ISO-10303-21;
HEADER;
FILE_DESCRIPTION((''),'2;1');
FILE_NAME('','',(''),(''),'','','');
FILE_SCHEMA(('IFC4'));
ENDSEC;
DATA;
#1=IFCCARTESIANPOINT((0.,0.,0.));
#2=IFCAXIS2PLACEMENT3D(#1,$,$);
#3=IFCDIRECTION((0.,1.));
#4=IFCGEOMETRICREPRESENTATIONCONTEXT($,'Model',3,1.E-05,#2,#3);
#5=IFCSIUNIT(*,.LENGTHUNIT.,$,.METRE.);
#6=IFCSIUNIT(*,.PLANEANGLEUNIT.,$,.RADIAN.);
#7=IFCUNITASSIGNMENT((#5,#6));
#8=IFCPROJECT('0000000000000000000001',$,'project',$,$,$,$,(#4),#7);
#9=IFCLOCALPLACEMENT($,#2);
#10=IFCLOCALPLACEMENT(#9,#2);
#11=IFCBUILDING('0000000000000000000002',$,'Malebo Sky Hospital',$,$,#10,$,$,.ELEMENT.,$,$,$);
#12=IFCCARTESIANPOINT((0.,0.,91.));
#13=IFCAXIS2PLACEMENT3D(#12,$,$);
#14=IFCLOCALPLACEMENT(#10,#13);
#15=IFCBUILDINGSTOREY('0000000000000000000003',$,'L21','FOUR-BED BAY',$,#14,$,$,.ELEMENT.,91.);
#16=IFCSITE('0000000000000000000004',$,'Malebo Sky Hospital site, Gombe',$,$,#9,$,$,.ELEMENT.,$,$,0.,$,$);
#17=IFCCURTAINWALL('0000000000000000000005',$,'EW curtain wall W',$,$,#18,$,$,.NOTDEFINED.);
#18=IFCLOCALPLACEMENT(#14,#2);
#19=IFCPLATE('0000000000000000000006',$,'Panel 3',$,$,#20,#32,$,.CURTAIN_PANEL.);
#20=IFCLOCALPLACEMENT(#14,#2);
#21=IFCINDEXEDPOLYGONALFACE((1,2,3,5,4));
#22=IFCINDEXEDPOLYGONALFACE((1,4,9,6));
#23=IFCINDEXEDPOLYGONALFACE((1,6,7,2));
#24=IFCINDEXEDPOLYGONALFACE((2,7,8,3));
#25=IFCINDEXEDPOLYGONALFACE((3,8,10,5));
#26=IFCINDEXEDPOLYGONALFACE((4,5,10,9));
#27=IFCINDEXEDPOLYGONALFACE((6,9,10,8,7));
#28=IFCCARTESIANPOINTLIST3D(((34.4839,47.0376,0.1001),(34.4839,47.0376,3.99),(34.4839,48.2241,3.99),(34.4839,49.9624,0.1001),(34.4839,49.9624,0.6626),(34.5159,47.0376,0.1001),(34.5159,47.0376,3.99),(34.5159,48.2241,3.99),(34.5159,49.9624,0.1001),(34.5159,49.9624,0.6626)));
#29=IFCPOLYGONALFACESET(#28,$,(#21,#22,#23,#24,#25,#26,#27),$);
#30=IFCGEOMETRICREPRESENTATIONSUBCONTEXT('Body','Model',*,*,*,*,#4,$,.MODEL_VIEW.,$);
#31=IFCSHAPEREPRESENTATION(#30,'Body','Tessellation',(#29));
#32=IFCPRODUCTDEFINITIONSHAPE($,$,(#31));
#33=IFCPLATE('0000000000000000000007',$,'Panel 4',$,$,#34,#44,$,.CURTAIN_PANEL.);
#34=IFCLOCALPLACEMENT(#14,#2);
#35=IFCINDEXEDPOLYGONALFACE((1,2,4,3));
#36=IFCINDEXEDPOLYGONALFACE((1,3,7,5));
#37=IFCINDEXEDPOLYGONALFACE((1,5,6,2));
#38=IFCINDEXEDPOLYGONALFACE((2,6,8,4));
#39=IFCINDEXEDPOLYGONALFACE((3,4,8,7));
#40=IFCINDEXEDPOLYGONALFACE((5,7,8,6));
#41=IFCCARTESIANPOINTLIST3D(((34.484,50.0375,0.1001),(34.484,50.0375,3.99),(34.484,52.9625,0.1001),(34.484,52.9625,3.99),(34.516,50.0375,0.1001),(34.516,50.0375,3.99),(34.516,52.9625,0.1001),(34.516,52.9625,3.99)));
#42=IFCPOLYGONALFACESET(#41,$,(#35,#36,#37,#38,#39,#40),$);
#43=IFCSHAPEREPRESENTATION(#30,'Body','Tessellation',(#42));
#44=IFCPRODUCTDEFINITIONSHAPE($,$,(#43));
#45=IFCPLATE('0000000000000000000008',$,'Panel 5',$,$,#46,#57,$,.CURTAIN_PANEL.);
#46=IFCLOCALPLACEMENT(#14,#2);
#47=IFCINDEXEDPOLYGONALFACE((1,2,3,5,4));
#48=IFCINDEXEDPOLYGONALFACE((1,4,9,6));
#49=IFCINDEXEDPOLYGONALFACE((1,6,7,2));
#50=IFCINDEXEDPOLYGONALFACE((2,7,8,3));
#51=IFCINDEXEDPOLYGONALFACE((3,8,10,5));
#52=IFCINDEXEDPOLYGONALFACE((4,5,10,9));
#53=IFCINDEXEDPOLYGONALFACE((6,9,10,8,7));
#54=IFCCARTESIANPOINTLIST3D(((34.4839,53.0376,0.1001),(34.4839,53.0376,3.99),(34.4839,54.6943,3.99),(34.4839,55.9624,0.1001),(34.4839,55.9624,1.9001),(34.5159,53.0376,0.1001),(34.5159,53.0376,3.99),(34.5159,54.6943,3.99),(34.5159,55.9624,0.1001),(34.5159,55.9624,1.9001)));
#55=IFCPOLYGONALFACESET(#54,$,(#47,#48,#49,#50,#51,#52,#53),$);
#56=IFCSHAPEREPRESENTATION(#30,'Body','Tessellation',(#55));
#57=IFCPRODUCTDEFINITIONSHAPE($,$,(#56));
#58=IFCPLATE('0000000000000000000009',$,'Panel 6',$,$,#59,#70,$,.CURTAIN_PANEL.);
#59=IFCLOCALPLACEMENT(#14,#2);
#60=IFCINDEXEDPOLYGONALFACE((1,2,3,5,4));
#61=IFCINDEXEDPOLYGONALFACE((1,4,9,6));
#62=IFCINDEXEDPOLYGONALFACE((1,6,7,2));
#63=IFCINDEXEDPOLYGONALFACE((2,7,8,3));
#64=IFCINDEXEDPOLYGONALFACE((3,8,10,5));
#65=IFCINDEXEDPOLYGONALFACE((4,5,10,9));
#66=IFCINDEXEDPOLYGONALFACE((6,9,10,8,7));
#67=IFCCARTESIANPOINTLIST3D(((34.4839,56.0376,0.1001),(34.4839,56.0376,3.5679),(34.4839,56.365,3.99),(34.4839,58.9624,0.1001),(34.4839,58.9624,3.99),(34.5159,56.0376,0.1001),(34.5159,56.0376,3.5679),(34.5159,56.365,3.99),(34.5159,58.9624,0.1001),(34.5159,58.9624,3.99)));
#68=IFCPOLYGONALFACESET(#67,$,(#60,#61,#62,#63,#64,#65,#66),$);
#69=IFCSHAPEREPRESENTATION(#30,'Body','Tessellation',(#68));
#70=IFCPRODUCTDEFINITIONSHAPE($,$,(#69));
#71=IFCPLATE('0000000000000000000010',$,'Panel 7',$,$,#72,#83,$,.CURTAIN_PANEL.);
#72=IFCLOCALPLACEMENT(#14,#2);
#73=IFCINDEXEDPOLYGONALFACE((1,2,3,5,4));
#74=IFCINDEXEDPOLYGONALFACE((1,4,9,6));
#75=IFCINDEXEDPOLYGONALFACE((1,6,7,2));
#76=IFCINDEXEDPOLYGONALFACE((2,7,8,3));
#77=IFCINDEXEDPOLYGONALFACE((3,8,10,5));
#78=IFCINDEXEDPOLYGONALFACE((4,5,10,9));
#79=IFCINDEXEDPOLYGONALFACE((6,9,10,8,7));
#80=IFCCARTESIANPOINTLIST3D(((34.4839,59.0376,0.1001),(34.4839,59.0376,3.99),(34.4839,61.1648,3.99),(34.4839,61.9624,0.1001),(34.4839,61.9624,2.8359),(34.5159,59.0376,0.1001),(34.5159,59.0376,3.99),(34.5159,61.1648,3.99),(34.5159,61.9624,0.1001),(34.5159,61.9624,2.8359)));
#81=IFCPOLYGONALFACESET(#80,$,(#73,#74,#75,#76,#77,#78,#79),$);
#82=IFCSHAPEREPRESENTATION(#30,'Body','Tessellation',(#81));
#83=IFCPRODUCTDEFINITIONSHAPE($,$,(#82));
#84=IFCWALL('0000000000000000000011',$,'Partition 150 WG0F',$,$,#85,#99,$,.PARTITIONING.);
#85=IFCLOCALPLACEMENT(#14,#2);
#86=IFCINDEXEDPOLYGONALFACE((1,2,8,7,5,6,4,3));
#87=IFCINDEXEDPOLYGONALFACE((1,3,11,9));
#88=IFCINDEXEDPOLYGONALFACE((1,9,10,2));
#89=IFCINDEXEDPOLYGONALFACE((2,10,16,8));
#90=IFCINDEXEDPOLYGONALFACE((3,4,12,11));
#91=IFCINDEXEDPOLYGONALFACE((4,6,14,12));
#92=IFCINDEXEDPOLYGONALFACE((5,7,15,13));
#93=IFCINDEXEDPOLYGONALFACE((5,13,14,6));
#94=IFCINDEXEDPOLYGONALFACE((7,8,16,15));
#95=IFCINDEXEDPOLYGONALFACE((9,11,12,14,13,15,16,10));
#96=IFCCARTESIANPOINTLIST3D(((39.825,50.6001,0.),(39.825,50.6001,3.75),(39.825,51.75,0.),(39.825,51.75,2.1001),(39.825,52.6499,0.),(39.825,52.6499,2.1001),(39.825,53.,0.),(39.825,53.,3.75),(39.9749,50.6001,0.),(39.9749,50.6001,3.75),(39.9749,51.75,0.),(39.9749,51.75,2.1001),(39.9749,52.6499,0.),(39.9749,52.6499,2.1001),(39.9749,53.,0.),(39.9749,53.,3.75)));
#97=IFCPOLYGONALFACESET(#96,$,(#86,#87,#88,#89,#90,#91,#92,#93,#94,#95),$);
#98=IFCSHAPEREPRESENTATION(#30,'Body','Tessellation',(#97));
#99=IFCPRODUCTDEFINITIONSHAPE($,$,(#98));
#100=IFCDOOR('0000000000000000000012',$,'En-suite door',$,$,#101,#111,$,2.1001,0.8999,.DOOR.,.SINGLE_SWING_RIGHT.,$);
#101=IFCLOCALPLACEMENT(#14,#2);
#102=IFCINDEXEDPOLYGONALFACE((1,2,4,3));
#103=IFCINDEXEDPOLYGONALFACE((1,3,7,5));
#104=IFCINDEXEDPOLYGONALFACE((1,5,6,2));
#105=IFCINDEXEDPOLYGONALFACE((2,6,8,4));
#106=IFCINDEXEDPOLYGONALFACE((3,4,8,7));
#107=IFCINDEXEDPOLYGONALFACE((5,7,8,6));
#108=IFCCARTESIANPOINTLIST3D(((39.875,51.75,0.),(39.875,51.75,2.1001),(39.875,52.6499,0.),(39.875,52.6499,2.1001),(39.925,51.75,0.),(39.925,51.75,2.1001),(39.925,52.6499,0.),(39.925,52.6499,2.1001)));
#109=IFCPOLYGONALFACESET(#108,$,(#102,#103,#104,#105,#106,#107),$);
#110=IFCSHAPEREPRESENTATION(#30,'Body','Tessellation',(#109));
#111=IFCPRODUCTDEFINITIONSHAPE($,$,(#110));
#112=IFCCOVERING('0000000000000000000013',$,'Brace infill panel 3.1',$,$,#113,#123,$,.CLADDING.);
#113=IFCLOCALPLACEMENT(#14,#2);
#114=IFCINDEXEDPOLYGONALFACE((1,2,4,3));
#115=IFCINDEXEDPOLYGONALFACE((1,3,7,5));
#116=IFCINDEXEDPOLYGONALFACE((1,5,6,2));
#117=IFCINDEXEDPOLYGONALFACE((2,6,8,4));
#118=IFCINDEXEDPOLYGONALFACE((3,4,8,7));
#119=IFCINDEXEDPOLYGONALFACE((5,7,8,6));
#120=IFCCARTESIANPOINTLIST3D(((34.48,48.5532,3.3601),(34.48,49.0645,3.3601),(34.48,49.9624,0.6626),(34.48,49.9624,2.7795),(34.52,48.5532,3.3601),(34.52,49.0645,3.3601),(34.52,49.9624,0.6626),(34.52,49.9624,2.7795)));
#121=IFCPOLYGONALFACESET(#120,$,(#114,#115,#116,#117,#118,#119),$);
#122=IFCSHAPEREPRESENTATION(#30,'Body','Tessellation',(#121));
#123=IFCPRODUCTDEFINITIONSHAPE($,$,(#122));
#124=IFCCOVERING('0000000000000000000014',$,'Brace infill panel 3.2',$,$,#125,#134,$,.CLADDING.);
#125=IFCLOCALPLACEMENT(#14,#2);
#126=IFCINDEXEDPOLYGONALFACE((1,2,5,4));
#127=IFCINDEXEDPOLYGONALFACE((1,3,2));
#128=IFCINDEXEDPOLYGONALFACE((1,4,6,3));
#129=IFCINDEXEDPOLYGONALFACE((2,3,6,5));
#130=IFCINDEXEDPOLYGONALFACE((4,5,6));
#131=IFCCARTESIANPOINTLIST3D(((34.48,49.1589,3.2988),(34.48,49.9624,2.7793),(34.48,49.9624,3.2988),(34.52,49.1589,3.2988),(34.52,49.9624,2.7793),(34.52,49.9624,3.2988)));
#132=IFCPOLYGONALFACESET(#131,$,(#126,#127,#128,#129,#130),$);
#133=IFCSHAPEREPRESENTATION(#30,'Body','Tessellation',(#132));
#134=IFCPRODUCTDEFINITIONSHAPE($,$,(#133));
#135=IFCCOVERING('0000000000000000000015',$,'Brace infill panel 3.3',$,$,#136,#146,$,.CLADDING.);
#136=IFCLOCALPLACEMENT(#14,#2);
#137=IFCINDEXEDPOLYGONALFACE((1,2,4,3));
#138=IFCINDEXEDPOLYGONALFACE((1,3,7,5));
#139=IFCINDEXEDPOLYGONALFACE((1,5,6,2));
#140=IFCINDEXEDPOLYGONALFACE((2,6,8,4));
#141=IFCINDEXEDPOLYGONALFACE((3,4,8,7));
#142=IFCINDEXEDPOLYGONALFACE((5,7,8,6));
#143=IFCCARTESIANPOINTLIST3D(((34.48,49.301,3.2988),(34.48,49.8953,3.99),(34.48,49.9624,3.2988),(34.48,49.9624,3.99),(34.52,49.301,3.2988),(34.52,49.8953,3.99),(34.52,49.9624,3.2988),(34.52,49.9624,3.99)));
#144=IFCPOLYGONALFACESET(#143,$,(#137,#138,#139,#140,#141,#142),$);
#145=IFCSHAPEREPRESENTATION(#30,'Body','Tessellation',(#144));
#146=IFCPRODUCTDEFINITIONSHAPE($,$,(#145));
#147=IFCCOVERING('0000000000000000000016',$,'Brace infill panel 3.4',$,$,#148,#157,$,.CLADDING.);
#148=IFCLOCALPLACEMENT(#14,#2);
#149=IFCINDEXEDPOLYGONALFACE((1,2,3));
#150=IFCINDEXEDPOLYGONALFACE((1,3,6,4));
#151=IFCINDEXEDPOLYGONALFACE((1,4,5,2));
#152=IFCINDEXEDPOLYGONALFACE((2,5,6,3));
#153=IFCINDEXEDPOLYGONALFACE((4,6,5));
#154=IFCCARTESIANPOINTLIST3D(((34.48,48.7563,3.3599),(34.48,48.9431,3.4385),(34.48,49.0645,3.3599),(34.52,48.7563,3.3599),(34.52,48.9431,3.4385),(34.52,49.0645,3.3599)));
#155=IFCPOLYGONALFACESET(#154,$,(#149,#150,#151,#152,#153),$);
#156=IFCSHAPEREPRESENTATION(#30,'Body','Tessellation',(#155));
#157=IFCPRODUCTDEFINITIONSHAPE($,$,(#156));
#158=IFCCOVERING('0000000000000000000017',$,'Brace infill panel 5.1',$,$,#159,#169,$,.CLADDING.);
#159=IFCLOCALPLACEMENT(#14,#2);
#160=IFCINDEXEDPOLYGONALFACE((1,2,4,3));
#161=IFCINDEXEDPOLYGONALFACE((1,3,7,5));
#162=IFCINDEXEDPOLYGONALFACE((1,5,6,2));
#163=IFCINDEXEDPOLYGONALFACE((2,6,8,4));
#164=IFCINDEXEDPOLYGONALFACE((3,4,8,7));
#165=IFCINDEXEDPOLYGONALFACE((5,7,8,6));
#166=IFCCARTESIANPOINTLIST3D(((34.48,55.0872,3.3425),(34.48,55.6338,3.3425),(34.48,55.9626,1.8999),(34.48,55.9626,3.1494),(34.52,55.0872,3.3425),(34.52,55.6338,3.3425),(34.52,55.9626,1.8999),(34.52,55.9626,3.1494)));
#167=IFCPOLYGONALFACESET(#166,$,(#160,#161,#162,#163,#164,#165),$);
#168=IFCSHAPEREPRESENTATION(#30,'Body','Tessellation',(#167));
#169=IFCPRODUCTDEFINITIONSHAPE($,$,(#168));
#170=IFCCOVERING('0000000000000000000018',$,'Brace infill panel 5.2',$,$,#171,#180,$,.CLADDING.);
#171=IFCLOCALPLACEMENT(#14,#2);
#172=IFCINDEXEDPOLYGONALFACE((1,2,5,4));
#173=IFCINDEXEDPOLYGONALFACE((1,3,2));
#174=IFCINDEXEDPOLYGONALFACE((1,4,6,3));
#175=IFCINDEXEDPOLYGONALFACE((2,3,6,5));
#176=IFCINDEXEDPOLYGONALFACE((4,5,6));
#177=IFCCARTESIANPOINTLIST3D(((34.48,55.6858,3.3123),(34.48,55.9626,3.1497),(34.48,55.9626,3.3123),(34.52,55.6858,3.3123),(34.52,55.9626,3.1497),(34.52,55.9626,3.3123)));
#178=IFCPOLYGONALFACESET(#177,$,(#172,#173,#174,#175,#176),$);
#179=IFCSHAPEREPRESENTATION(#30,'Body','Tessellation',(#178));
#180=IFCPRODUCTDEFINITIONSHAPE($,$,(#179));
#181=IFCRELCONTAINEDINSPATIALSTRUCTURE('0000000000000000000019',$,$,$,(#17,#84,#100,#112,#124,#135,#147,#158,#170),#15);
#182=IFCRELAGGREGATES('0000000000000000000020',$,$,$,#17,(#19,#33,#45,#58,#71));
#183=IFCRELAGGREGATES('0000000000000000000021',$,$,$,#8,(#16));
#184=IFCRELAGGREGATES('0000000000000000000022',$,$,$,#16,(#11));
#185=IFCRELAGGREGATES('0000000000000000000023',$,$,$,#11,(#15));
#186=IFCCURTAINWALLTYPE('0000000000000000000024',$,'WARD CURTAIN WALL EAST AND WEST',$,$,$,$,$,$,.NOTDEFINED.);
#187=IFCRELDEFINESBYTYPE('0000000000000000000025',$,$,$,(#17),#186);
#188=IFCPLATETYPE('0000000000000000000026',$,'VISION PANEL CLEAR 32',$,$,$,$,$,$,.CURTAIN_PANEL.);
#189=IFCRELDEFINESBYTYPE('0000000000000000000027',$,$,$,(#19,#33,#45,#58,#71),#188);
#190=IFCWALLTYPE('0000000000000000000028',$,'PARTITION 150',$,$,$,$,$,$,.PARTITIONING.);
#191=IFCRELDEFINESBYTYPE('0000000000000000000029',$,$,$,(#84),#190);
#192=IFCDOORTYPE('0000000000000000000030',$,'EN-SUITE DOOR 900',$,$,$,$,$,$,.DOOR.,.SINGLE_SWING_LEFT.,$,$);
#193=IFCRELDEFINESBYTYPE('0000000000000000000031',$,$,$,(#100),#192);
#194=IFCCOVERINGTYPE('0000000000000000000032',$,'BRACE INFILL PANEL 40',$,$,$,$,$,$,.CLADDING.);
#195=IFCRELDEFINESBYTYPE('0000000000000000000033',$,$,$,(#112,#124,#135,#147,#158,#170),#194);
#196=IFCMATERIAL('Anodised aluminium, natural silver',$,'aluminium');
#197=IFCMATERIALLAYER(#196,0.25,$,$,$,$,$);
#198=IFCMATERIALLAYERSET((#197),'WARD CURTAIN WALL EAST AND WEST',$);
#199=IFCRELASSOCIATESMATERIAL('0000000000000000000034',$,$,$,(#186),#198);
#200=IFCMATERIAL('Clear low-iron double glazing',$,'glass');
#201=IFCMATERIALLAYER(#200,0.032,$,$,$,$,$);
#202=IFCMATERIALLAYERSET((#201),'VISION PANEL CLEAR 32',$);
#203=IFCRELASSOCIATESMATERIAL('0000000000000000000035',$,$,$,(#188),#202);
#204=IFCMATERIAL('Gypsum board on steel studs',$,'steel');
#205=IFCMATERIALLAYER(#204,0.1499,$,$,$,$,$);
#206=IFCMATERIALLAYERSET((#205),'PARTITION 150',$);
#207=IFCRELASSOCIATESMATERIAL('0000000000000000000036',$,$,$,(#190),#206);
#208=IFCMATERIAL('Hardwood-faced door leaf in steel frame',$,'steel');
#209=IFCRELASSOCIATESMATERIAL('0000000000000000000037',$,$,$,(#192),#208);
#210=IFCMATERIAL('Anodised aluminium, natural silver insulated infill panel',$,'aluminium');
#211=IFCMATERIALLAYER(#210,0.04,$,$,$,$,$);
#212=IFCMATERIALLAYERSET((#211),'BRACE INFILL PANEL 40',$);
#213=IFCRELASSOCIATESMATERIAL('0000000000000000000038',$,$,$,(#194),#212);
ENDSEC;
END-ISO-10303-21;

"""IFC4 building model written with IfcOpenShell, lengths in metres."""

from ifc_helpers import new_model, si_unit, direction, frame, frame_2d, origin, origin_2d, place, context, subcontext, project, spatial, polyline, rectangle, outline, extrude, material, layer, layer_set, type_object, element, fill, aggregate, save


model = new_model("IFC4")

# Units and contexts
model_context = context("Model", 3, precision=1e-05, world=origin(), true_north=direction((0.0, 1.0)))
body_context = subcontext(model_context, "Body", "Model", "MODEL_VIEW")
ifc_project = project(units=[si_unit("LENGTHUNIT", "METRE"), si_unit("PLANEANGLEUNIT", "RADIAN")], contexts=[model_context])

# Site, building, storey
site_placement = place(None, origin())
site = spatial("IfcSite", under=ifc_project, at=site_placement, Name="Malebo Sky Hospital site, Gombe", CompositionType="ELEMENT", RefElevation=0.0)
building_placement = place(site_placement, origin())
building = spatial("IfcBuilding", under=site, at=building_placement, Name="Malebo Sky Hospital", CompositionType="ELEMENT")
storey_placement = place(building_placement, frame((0.0, 0.0, 91.0)))
storey = spatial("IfcBuildingStorey", under=building, at=storey_placement, Name="L21", Description="FOUR-BED BAY", CompositionType="ELEMENT", Elevation=91.0)

# Curtain wall
ifc_material_1 = material(Name="Anodised aluminium, natural silver", Category="aluminium")
ifc_layer_1 = layer(ifc_material_1, 0.25)
ifc_layer_set_1 = layer_set([ifc_layer_1], Name="WARD CURTAIN WALL EAST AND WEST")
curtain_wall_type = type_object("IfcCurtainWallType", Name="WARD CURTAIN WALL EAST AND WEST", PredefinedType="NOTDEFINED", material=ifc_layer_set_1)
curtain_wall_placement = place(storey_placement, origin())
curtain_wall = element("IfcCurtainWall", 1, at=curtain_wall_placement, inside=storey, type_object=curtain_wall_type, Name="EW curtain wall W", PredefinedType="NOTDEFINED")

# Plates
ifc_material_2 = material(Name="Clear low-iron double glazing", Category="glass")
ifc_layer_2 = layer(ifc_material_2, 0.032)
ifc_layer_set_2 = layer_set([ifc_layer_2], Name="VISION PANEL CLEAR 32")
plate_type = type_object("IfcPlateType", Name="VISION PANEL CLEAR 32", PredefinedType="CURTAIN_PANEL", material=ifc_layer_set_2)
plate_1_placement = place(storey_placement, frame((34.5, 48.5, 0.1001), z_axis=(0.0, 0.0, 1.0), x_axis=(0.0, 1.0, 0.0)))
plate_1 = element("IfcPlate", 2, at=plate_1_placement, type_object=plate_type, Name="Panel 3", PredefinedType="CURTAIN_PANEL", context=body_context, shape_type="SweptSolid", body=[
    extrude(outline(polyline([(-1.4624, 0.0), (1.4624, 0.0), (1.4624, 0.5625), (-0.2759, 3.8899), (-1.4624, 3.8899), (-1.4624, 0.0)])), frame((0.0, 0.0161, 0.0), z_axis=(0.0, -1.0, 0.0), x_axis=(1.0, 0.0, 0.0)), (0.0, 0.0, 1.0), 0.032),
])
plate_2_placement = place(storey_placement, frame((34.5, 51.5, 0.1001), z_axis=(0.0, 0.0, 1.0), x_axis=(0.0, 1.0, 0.0)))
plate_2 = element("IfcPlate", 3, at=plate_2_placement, type_object=plate_type, Name="Panel 4", PredefinedType="CURTAIN_PANEL", context=body_context, shape_type="SweptSolid", body=[
    extrude(rectangle(XDim=2.925, YDim=0.032, at=origin_2d()), origin(), (0.0, 0.0, 1.0), 3.8899),
])
plate_3_placement = place(storey_placement, frame((34.5, 54.5, 0.1001), z_axis=(0.0, 0.0, 1.0), x_axis=(0.0, 1.0, 0.0)))
plate_3 = element("IfcPlate", 4, at=plate_3_placement, type_object=plate_type, Name="Panel 5", PredefinedType="CURTAIN_PANEL", context=body_context, shape_type="SweptSolid", body=[
    extrude(outline(polyline([(-1.4624, 0.0), (1.4624, 0.0), (1.4624, 1.8), (0.1943, 3.8899), (-1.4624, 3.8899), (-1.4624, 0.0)])), frame((0.0, 0.0161, 0.0), z_axis=(0.0, -1.0, 0.0), x_axis=(1.0, 0.0, 0.0)), (0.0, 0.0, 1.0), 0.032),
])
plate_4_placement = place(storey_placement, frame((34.5, 57.5, 0.1001), z_axis=(0.0, 0.0, 1.0), x_axis=(0.0, 1.0, 0.0)))
plate_4 = element("IfcPlate", 5, at=plate_4_placement, type_object=plate_type, Name="Panel 6", PredefinedType="CURTAIN_PANEL", context=body_context, shape_type="SweptSolid", body=[
    extrude(outline(polyline([(-1.4624, 0.0), (1.4624, 0.0), (1.4624, 3.8899), (-1.135, 3.8899), (-1.4624, 3.4678), (-1.4624, 0.0)])), frame((0.0, 0.0161, 0.0), z_axis=(0.0, -1.0, 0.0), x_axis=(1.0, 0.0, 0.0)), (0.0, 0.0, 1.0), 0.032),
])
plate_5_placement = place(storey_placement, frame((34.5, 60.5, 0.1001), z_axis=(0.0, 0.0, 1.0), x_axis=(0.0, 1.0, 0.0)))
plate_5 = element("IfcPlate", 6, at=plate_5_placement, type_object=plate_type, Name="Panel 7", PredefinedType="CURTAIN_PANEL", context=body_context, shape_type="SweptSolid", body=[
    extrude(outline(polyline([(-1.4624, 0.0), (1.4624, 0.0), (1.4624, 2.7358), (0.6648, 3.8899), (-1.4624, 3.8899), (-1.4624, 0.0)])), frame((0.0, 0.0161, 0.0), z_axis=(0.0, -1.0, 0.0), x_axis=(1.0, 0.0, 0.0)), (0.0, 0.0, 1.0), 0.032),
])
aggregate(curtain_wall, [plate_1, plate_2, plate_3, plate_4, plate_5])

# Wall, opening, door
ifc_material_3 = material(Name="Gypsum board on steel studs", Category="steel")
ifc_layer_3 = layer(ifc_material_3, 0.1499)
ifc_layer_set_3 = layer_set([ifc_layer_3], Name="PARTITION 150")
wall_type = type_object("IfcWallType", Name="PARTITION 150", PredefinedType="PARTITIONING", material=ifc_layer_set_3)
wall_placement = place(storey_placement, frame((39.8999, 50.6001, 0.0), z_axis=(0.0, 0.0, 1.0), x_axis=(0.0, 1.0, 0.0)))
wall = element("IfcWall", 7, at=wall_placement, inside=storey, type_object=wall_type, Name="Partition 150 WG0F", PredefinedType="PARTITIONING", context=body_context, shape_type="SweptSolid", body=[
    extrude(rectangle(XDim=2.3999, YDim=0.1499, at=frame_2d((1.2, 0.0))), origin(), (0.0, 0.0, 1.0), 3.75),
])
opening_placement = place(wall_placement, frame((1.1499, 0.0, 0.0)))
opening = element("IfcOpeningElement", 8, at=opening_placement, cuts=wall, PredefinedType="OPENING", context=body_context, shape_type="SweptSolid", body=[
    extrude(rectangle(XDim=0.8999, YDim=2.1001, at=frame_2d((0.45, 1.05))), frame((0.0, 0.085, 0.0), z_axis=(0.0, -1.0, 0.0), x_axis=(1.0, 0.0, 0.0)), (0.0, 0.0, 1.0), 0.1699),
])
ifc_material_4 = material(Name="Hardwood-faced door leaf in steel frame", Category="steel")
door_type = type_object("IfcDoorType", Name="EN-SUITE DOOR 900", OperationType="SINGLE_SWING_LEFT", PredefinedType="DOOR", material=ifc_material_4)
door_placement = place(opening_placement, origin())
door = element("IfcDoor", 9, at=door_placement, inside=storey, type_object=door_type, Name="En-suite door", OperationType="SINGLE_SWING_RIGHT", OverallHeight=2.1001, OverallWidth=0.8999, PredefinedType="DOOR", context=body_context, shape_type="SweptSolid", body=[
    extrude(rectangle(XDim=0.8999, YDim=2.1001, at=frame_2d((0.45, 1.05))), frame((0.0, 0.0249, 0.0), z_axis=(0.0, -1.0, 0.0), x_axis=(1.0, 0.0, 0.0)), (0.0, 0.0, 1.0), 0.05),
])
fill(opening, door)

# Coverings
ifc_material_5 = material(Name="Anodised aluminium, natural silver insulated infill panel", Category="aluminium")
ifc_layer_4 = layer(ifc_material_5, 0.04)
ifc_layer_set_4 = layer_set([ifc_layer_4], Name="BRACE INFILL PANEL 40")
covering_type = type_object("IfcCoveringType", Name="BRACE INFILL PANEL 40", PredefinedType="CLADDING", material=ifc_layer_set_4)
covering_1_placement = place(storey_placement, frame((34.5, 49.2578, 0.6626), z_axis=(0.0, 0.0, 1.0), x_axis=(0.0, 1.0, 0.0)))
element("IfcCovering", 10, at=covering_1_placement, inside=storey, type_object=covering_type, Name="Brace infill panel 3.1", PredefinedType="CLADDING", context=body_context, shape_type="SweptSolid", body=[
    extrude(outline(polyline([(0.7046, 0.0), (0.7046, 2.1169), (-0.1934, 2.6975), (-0.7046, 2.6975), (0.7046, 0.0)])), frame((0.0, 0.02, 0.0), z_axis=(0.0, -1.0, 0.0), x_axis=(1.0, 0.0, 0.0)), (0.0, 0.0, 1.0), 0.04),
])
covering_2_placement = place(storey_placement, frame((34.5, 49.5608, 2.7793), z_axis=(0.0, 0.0, 1.0), x_axis=(0.0, 1.0, 0.0)))
element("IfcCovering", 11, at=covering_2_placement, inside=storey, type_object=covering_type, Name="Brace infill panel 3.2", PredefinedType="CLADDING", context=body_context, shape_type="SweptSolid", body=[
    extrude(outline(polyline([(0.4016, 0.0), (0.4016, 0.5195), (-0.4019, 0.5195), (0.4016, 0.0)])), frame((0.0, 0.02, 0.0), z_axis=(0.0, -1.0, 0.0), x_axis=(1.0, 0.0, 0.0)), (0.0, 0.0, 1.0), 0.04),
])
covering_3_placement = place(storey_placement, frame((34.5, 49.6318, 3.2988), z_axis=(0.0, 0.0, 1.0), x_axis=(0.0, 1.0, 0.0)))
element("IfcCovering", 12, at=covering_3_placement, inside=storey, type_object=covering_type, Name="Brace infill panel 3.3", PredefinedType="CLADDING", context=body_context, shape_type="SweptSolid", body=[
    extrude(outline(polyline([(-0.3308, 0.0), (0.3306, 0.0), (0.3306, 0.6912), (0.2634, 0.6912), (-0.3308, 0.0)])), frame((0.0, 0.02, 0.0), z_axis=(0.0, -1.0, 0.0), x_axis=(1.0, 0.0, 0.0)), (0.0, 0.0, 1.0), 0.04),
])
covering_4_placement = place(storey_placement, frame((34.5, 48.9104, 3.3599), z_axis=(0.0, 0.0, 1.0), x_axis=(0.0, 1.0, 0.0)))
element("IfcCovering", 13, at=covering_4_placement, inside=storey, type_object=covering_type, Name="Brace infill panel 3.4", PredefinedType="CLADDING", context=body_context, shape_type="SweptSolid", body=[
    extrude(outline(polyline([(-0.1541, 0.0), (0.1541, 0.0), (0.0327, 0.0786), (-0.1541, 0.0)])), frame((0.0, 0.02, 0.0), z_axis=(0.0, -1.0, 0.0), x_axis=(1.0, 0.0, 0.0)), (0.0, 0.0, 1.0), 0.04),
])
covering_5_placement = place(storey_placement, frame((34.5, 55.5249, 1.8999), z_axis=(0.0, 0.0, 1.0), x_axis=(0.0, 1.0, 0.0)))
element("IfcCovering", 14, at=covering_5_placement, inside=storey, type_object=covering_type, Name="Brace infill panel 5.1", PredefinedType="CLADDING", context=body_context, shape_type="SweptSolid", body=[
    extrude(outline(polyline([(0.4377, 0.0), (0.4377, 1.2495), (0.1089, 1.4426), (-0.4377, 1.4426), (0.4377, 0.0)])), frame((0.0, 0.02, 0.0), z_axis=(0.0, -1.0, 0.0), x_axis=(1.0, 0.0, 0.0)), (0.0, 0.0, 1.0), 0.04),
])
covering_6_placement = place(storey_placement, frame((34.5, 55.8242, 3.1497), z_axis=(0.0, 0.0, 1.0), x_axis=(0.0, 1.0, 0.0)))
element("IfcCovering", 15, at=covering_6_placement, inside=storey, type_object=covering_type, Name="Brace infill panel 5.2", PredefinedType="CLADDING", context=body_context, shape_type="SweptSolid", body=[
    extrude(outline(polyline([(0.1384, 0.0), (0.1384, 0.1626), (-0.1384, 0.1626), (0.1384, 0.0)])), frame((0.0, 0.02, 0.0), z_axis=(0.0, -1.0, 0.0), x_axis=(1.0, 0.0, 0.0)), (0.0, 0.0, 1.0), 0.04),
])

save(model, "model.ifc")
